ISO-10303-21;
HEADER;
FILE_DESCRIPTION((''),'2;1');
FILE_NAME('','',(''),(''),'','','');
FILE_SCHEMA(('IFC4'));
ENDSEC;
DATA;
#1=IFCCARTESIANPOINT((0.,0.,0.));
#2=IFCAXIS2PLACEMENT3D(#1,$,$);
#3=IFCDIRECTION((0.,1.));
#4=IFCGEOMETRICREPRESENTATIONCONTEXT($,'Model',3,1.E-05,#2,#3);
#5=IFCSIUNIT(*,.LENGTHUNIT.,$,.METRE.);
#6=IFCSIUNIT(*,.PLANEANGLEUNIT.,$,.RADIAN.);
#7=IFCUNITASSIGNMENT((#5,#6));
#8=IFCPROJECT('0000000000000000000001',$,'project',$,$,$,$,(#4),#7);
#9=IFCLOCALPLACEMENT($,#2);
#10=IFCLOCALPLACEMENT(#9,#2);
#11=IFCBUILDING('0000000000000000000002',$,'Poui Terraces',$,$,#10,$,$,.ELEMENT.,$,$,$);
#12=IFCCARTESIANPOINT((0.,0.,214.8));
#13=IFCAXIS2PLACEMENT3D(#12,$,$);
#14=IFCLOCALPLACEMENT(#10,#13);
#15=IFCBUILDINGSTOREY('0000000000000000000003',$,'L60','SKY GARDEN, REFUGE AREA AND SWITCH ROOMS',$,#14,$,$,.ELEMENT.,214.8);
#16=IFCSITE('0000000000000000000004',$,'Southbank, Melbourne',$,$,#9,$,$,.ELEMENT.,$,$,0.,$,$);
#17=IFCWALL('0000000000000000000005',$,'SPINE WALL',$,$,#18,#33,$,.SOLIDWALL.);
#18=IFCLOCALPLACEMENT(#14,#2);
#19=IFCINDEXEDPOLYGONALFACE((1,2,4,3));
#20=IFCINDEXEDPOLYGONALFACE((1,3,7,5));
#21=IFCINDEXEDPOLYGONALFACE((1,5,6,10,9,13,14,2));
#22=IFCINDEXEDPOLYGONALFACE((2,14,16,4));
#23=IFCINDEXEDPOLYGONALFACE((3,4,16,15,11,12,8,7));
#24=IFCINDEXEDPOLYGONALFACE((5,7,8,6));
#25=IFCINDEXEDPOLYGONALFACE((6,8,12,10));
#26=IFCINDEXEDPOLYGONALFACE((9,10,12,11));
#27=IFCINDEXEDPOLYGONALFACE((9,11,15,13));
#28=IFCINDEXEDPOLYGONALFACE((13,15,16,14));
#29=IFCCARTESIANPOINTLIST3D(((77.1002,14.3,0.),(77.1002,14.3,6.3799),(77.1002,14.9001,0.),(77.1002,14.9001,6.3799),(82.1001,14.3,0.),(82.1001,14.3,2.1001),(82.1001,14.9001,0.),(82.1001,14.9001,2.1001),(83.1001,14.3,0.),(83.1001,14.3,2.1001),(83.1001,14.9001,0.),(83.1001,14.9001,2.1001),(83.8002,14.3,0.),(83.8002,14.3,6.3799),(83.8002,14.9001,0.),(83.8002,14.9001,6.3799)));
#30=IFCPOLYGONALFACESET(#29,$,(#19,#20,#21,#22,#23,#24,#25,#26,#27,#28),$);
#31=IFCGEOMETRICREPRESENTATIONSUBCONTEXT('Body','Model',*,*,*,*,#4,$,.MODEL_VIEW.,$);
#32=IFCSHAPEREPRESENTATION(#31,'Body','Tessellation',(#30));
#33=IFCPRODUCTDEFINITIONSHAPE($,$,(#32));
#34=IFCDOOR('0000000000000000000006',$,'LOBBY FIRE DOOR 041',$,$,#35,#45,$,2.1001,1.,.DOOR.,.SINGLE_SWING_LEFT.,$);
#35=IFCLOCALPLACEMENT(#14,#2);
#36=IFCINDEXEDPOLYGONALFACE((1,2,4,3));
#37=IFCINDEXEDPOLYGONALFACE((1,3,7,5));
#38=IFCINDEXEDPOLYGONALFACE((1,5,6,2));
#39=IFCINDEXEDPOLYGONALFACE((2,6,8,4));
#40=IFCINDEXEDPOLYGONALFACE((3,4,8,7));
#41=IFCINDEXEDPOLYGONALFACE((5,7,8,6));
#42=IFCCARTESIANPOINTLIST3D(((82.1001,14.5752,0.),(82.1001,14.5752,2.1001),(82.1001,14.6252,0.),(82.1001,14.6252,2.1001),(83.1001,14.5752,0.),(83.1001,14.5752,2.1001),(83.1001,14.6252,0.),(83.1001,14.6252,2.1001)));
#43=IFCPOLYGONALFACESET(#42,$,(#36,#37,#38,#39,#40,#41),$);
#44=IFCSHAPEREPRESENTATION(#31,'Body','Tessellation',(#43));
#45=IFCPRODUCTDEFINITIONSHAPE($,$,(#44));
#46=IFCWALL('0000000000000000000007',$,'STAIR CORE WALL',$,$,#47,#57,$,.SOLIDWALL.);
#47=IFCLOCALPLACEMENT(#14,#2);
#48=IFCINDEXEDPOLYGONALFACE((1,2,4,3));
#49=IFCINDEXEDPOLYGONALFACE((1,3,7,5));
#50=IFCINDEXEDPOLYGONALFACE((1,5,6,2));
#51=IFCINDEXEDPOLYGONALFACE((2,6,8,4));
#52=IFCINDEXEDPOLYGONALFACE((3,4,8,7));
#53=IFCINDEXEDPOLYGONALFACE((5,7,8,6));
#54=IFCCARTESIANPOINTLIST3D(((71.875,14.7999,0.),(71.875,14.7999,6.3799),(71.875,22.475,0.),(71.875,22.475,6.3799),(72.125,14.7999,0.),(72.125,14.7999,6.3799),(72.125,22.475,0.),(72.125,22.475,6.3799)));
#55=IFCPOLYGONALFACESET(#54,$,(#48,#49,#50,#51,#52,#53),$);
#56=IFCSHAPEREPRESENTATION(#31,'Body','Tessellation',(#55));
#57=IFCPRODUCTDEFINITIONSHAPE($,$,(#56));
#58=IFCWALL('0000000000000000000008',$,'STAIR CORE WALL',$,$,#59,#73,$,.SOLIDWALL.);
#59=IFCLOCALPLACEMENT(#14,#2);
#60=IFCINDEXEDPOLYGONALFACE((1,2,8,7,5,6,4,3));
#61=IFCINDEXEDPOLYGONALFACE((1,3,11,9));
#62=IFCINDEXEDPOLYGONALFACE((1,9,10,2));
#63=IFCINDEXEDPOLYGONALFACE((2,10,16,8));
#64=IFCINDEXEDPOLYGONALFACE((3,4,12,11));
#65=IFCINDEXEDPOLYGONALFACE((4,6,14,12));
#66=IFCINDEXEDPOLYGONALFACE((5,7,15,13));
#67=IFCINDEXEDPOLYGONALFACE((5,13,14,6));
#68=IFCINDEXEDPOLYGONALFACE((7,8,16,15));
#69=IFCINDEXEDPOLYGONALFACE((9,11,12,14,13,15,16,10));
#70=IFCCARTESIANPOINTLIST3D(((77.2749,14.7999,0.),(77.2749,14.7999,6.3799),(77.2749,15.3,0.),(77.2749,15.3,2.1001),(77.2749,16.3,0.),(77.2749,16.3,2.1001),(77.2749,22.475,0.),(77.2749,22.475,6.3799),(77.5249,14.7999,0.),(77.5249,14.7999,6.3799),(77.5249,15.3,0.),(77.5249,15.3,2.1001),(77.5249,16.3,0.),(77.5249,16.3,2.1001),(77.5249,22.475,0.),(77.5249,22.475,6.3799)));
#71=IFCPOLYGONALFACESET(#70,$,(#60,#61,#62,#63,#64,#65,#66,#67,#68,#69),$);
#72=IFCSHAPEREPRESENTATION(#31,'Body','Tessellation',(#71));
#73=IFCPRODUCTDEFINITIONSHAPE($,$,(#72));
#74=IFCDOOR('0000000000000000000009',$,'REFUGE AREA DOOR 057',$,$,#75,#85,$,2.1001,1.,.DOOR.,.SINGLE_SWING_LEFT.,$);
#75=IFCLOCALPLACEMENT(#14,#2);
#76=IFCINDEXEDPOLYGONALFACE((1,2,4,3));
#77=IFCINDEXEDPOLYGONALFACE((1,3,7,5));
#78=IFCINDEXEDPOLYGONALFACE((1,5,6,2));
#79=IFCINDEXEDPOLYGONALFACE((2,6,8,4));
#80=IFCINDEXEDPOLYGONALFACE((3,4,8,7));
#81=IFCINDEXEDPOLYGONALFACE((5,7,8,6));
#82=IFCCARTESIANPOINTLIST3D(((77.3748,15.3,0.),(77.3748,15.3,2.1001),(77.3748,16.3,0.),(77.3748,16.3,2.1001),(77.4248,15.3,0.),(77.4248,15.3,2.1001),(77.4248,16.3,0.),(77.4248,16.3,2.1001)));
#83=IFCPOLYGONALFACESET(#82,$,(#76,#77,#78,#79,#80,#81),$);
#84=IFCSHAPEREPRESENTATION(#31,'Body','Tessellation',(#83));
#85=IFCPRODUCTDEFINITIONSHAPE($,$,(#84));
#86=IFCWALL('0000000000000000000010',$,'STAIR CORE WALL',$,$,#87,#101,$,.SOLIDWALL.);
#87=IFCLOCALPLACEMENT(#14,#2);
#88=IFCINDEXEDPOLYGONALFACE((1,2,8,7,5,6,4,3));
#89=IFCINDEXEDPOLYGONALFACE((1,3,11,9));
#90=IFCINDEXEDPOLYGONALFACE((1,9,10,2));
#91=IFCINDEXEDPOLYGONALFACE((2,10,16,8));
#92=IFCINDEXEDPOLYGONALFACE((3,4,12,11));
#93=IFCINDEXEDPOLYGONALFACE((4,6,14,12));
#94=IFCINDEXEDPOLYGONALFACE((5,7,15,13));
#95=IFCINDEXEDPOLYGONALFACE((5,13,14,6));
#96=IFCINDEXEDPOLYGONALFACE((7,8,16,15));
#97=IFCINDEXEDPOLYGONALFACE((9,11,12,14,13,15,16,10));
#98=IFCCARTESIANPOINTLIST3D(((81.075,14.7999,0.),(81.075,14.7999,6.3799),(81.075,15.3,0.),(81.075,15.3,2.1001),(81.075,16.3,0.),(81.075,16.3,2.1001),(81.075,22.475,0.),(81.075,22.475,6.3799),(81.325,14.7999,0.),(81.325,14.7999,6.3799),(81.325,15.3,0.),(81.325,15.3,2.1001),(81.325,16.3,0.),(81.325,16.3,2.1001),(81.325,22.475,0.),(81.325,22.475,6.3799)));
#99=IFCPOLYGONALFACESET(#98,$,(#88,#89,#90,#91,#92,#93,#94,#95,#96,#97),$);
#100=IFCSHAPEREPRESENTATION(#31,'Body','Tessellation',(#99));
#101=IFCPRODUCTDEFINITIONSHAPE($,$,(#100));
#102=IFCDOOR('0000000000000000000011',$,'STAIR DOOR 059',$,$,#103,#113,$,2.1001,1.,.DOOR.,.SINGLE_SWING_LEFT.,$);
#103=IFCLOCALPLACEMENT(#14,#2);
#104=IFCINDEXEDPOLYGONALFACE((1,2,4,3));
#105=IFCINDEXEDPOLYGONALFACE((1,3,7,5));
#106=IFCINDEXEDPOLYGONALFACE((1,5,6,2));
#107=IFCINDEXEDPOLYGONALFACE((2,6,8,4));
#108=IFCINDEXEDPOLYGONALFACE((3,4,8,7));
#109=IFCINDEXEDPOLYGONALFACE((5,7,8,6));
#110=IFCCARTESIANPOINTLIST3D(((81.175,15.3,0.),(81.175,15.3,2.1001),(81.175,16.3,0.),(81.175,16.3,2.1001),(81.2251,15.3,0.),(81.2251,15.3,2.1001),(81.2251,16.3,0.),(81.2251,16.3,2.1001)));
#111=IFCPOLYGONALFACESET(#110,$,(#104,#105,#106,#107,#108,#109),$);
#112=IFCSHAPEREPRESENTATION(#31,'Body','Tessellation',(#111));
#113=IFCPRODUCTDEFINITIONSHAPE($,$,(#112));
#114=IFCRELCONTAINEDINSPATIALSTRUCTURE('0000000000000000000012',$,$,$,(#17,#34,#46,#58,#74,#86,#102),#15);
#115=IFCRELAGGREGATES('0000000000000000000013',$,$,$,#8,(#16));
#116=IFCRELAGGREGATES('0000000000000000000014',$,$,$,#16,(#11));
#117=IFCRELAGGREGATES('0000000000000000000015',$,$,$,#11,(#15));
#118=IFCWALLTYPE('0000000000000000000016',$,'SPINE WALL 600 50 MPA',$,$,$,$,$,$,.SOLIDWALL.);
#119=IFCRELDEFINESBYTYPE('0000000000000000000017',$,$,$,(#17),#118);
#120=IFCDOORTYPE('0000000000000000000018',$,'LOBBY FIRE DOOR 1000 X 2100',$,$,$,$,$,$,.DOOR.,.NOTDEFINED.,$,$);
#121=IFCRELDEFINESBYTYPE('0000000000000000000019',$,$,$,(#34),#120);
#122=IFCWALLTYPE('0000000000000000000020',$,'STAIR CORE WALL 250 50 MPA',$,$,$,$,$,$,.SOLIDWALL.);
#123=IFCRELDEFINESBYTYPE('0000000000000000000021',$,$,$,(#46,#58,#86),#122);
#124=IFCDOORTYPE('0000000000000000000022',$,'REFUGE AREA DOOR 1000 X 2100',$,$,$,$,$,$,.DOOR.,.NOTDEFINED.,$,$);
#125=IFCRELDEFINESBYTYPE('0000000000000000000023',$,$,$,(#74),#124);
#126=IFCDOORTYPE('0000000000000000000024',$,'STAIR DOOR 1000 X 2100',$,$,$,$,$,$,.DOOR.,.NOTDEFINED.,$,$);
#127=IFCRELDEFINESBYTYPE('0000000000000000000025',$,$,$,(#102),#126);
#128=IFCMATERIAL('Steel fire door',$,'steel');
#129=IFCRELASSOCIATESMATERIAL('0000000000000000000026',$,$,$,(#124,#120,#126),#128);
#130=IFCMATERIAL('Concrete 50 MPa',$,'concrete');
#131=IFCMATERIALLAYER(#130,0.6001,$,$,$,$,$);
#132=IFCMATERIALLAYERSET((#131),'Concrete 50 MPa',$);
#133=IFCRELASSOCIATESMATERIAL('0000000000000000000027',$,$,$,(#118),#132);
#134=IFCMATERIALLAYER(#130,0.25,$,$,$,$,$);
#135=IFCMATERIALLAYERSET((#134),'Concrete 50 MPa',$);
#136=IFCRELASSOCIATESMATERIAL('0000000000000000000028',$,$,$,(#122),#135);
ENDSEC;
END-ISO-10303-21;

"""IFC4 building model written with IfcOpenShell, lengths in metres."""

from ifc_helpers import new_model, si_unit, direction, frame, frame_2d, origin, place, context, subcontext, project, spatial, rectangle, extrude, material, layer, layer_set, type_object, element, fill, save


model = new_model("IFC4")

# Units and contexts
model_context = context("Model", 3, precision=1e-05, world=origin(), true_north=direction((0.0, 1.0)))
body_context = subcontext(model_context, "Body", "Model", "MODEL_VIEW")
ifc_project = project(units=[si_unit("LENGTHUNIT", "METRE"), si_unit("PLANEANGLEUNIT", "RADIAN")], contexts=[model_context])

# Site, building, storey
site_placement = place(None, origin())
site = spatial("IfcSite", under=ifc_project, at=site_placement, Name="Southbank, Melbourne", CompositionType="ELEMENT", RefElevation=0.0)
building_placement = place(site_placement, origin())
building = spatial("IfcBuilding", under=site, at=building_placement, Name="Poui Terraces", CompositionType="ELEMENT")
storey_placement = place(building_placement, frame((0.0, 0.0, 214.8)))
storey = spatial("IfcBuildingStorey", under=building, at=storey_placement, Name="L60", Description="SKY GARDEN, REFUGE AREA AND SWITCH ROOMS", CompositionType="ELEMENT", Elevation=214.8)

# Shared definitions
ifc_material_1 = material(Name="Concrete 50 MPa", Category="concrete")
ifc_material_2 = material(Name="Steel fire door", Category="steel")

# Wall, opening, door
door_type_1 = type_object("IfcDoorType", Name="REFUGE AREA DOOR 1000 X 2100", OperationType="NOTDEFINED", PredefinedType="DOOR", material=ifc_material_2)
ifc_layer_1 = layer(ifc_material_1, 0.6001)
ifc_layer_set_1 = layer_set([ifc_layer_1], Name="Concrete 50 MPa")
wall_type_1 = type_object("IfcWallType", Name="SPINE WALL 600 50 MPA", PredefinedType="SOLIDWALL", material=ifc_layer_set_1)
wall_1_placement = place(storey_placement, frame((77.1001, 14.6001, 0.0), z_axis=(0.0, 0.0, 1.0), x_axis=(1.0, 0.0, 0.0)))
wall_1 = element("IfcWall", 1, at=wall_1_placement, inside=storey, type_object=wall_type_1, Name="SPINE WALL", PredefinedType="SOLIDWALL", context=body_context, shape_type="SweptSolid", body=[
    extrude(rectangle(XDim=6.7, YDim=0.6001, at=frame_2d((3.3501, 0.0))), origin(), (0.0, 0.0, 1.0), 6.3799),
])
opening_1_placement = place(wall_1_placement, frame((5.0, 0.0, 0.0)))
opening_1 = element("IfcOpeningElement", 2, at=opening_1_placement, cuts=wall_1, PredefinedType="OPENING", context=body_context, shape_type="SweptSolid", body=[
    extrude(rectangle(XDim=1.0, YDim=2.1001, at=frame_2d((0.5, 1.05))), frame((0.0, 0.3101, 0.0), z_axis=(0.0, -1.0, 0.0), x_axis=(1.0, 0.0, 0.0)), (0.0, 0.0, 1.0), 0.6201),
])
door_type_2 = type_object("IfcDoorType", Name="LOBBY FIRE DOOR 1000 X 2100", OperationType="NOTDEFINED", PredefinedType="DOOR", material=ifc_material_2)
door_1_placement = place(opening_1_placement, frame((1.0, 0.0, 0.0), z_axis=(0.0, 0.0, 1.0), x_axis=(-1.0, 0.0, 0.0)))
door_1 = element("IfcDoor", 3, at=door_1_placement, inside=storey, type_object=door_type_2, Name="LOBBY FIRE DOOR 041", OperationType="SINGLE_SWING_LEFT", OverallHeight=2.1001, OverallWidth=1.0, PredefinedType="DOOR", context=body_context, shape_type="SweptSolid", body=[
    extrude(rectangle(XDim=1.0, YDim=2.1001, at=frame_2d((0.5, 1.05))), frame((0.0, 0.0249, 0.0), z_axis=(0.0, -1.0, 0.0), x_axis=(1.0, 0.0, 0.0)), (0.0, 0.0, 1.0), 0.05),
])
fill(opening_1, door_1)

# Wall
ifc_layer_2 = layer(ifc_material_1, 0.25)
ifc_layer_set_2 = layer_set([ifc_layer_2], Name="Concrete 50 MPa")
wall_type_2 = type_object("IfcWallType", Name="STAIR CORE WALL 250 50 MPA", PredefinedType="SOLIDWALL", material=ifc_layer_set_2)
wall_2_placement = place(storey_placement, frame((72.0, 14.8, 0.0), z_axis=(0.0, 0.0, 1.0), x_axis=(0.0, 1.0, 0.0)))
element("IfcWall", 4, at=wall_2_placement, inside=storey, type_object=wall_type_2, Name="STAIR CORE WALL", PredefinedType="SOLIDWALL", context=body_context, shape_type="SweptSolid", body=[
    extrude(rectangle(XDim=7.675, YDim=0.25, at=frame_2d((3.8374, 0.0))), origin(), (0.0, 0.0, 1.0), 6.3799),
])

# Walls, openings, doors
wall_3_placement = place(storey_placement, frame((77.3999, 14.8, 0.0), z_axis=(0.0, 0.0, 1.0), x_axis=(0.0, 1.0, 0.0)))
wall_3 = element("IfcWall", 5, at=wall_3_placement, inside=storey, type_object=wall_type_2, Name="STAIR CORE WALL", PredefinedType="SOLIDWALL", context=body_context, shape_type="SweptSolid", body=[
    extrude(rectangle(XDim=7.675, YDim=0.25, at=frame_2d((3.8374, 0.0))), origin(), (0.0, 0.0, 1.0), 6.3799),
])
opening_2_placement = place(wall_3_placement, frame((0.5, 0.0, 0.0)))
opening_2 = element("IfcOpeningElement", 6, at=opening_2_placement, cuts=wall_3, PredefinedType="OPENING", context=body_context, shape_type="SweptSolid", body=[
    extrude(rectangle(XDim=1.0, YDim=2.1001, at=frame_2d((0.5, 1.05))), frame((0.0, 0.135, 0.0), z_axis=(0.0, -1.0, 0.0), x_axis=(1.0, 0.0, 0.0)), (0.0, 0.0, 1.0), 0.27),
])
door_2_placement = place(opening_2_placement, frame((1.0, 0.0, 0.0), z_axis=(0.0, 0.0, 1.0), x_axis=(-1.0, 0.0, 0.0)))
door_2 = element("IfcDoor", 7, at=door_2_placement, inside=storey, type_object=door_type_1, Name="REFUGE AREA DOOR 057", OperationType="SINGLE_SWING_LEFT", OverallHeight=2.1001, OverallWidth=1.0, PredefinedType="DOOR", context=body_context, shape_type="SweptSolid", body=[
    extrude(rectangle(XDim=1.0, YDim=2.1001, at=frame_2d((0.5, 1.05))), frame((0.0, 0.0249, 0.0), z_axis=(0.0, -1.0, 0.0), x_axis=(1.0, 0.0, 0.0)), (0.0, 0.0, 1.0), 0.05),
])
fill(opening_2, door_2)
wall_4_placement = place(storey_placement, frame((81.2, 14.8, 0.0), z_axis=(0.0, 0.0, 1.0), x_axis=(0.0, 1.0, 0.0)))
wall_4 = element("IfcWall", 8, at=wall_4_placement, inside=storey, type_object=wall_type_2, Name="STAIR CORE WALL", PredefinedType="SOLIDWALL", context=body_context, shape_type="SweptSolid", body=[
    extrude(rectangle(XDim=7.675, YDim=0.25, at=frame_2d((3.8374, 0.0))), origin(), (0.0, 0.0, 1.0), 6.3799),
])
opening_3_placement = place(wall_4_placement, frame((0.5, 0.0, 0.0)))
opening_3 = element("IfcOpeningElement", 9, at=opening_3_placement, cuts=wall_4, PredefinedType="OPENING", context=body_context, shape_type="SweptSolid", body=[
    extrude(rectangle(XDim=1.0, YDim=2.1001, at=frame_2d((0.5, 1.05))), frame((0.0, 0.135, 0.0), z_axis=(0.0, -1.0, 0.0), x_axis=(1.0, 0.0, 0.0)), (0.0, 0.0, 1.0), 0.27),
])
door_type_3 = type_object("IfcDoorType", Name="STAIR DOOR 1000 X 2100", OperationType="NOTDEFINED", PredefinedType="DOOR", material=ifc_material_2)
door_3_placement = place(opening_3_placement, origin())
door_3 = element("IfcDoor", 10, at=door_3_placement, inside=storey, type_object=door_type_3, Name="STAIR DOOR 059", OperationType="SINGLE_SWING_LEFT", OverallHeight=2.1001, OverallWidth=1.0, PredefinedType="DOOR", context=body_context, shape_type="SweptSolid", body=[
    extrude(rectangle(XDim=1.0, YDim=2.1001, at=frame_2d((0.5, 1.05))), frame((0.0, 0.0249, 0.0), z_axis=(0.0, -1.0, 0.0), x_axis=(1.0, 0.0, 0.0)), (0.0, 0.0, 1.0), 0.05),
])
fill(opening_3, door_3)

save(model, "model.ifc")
